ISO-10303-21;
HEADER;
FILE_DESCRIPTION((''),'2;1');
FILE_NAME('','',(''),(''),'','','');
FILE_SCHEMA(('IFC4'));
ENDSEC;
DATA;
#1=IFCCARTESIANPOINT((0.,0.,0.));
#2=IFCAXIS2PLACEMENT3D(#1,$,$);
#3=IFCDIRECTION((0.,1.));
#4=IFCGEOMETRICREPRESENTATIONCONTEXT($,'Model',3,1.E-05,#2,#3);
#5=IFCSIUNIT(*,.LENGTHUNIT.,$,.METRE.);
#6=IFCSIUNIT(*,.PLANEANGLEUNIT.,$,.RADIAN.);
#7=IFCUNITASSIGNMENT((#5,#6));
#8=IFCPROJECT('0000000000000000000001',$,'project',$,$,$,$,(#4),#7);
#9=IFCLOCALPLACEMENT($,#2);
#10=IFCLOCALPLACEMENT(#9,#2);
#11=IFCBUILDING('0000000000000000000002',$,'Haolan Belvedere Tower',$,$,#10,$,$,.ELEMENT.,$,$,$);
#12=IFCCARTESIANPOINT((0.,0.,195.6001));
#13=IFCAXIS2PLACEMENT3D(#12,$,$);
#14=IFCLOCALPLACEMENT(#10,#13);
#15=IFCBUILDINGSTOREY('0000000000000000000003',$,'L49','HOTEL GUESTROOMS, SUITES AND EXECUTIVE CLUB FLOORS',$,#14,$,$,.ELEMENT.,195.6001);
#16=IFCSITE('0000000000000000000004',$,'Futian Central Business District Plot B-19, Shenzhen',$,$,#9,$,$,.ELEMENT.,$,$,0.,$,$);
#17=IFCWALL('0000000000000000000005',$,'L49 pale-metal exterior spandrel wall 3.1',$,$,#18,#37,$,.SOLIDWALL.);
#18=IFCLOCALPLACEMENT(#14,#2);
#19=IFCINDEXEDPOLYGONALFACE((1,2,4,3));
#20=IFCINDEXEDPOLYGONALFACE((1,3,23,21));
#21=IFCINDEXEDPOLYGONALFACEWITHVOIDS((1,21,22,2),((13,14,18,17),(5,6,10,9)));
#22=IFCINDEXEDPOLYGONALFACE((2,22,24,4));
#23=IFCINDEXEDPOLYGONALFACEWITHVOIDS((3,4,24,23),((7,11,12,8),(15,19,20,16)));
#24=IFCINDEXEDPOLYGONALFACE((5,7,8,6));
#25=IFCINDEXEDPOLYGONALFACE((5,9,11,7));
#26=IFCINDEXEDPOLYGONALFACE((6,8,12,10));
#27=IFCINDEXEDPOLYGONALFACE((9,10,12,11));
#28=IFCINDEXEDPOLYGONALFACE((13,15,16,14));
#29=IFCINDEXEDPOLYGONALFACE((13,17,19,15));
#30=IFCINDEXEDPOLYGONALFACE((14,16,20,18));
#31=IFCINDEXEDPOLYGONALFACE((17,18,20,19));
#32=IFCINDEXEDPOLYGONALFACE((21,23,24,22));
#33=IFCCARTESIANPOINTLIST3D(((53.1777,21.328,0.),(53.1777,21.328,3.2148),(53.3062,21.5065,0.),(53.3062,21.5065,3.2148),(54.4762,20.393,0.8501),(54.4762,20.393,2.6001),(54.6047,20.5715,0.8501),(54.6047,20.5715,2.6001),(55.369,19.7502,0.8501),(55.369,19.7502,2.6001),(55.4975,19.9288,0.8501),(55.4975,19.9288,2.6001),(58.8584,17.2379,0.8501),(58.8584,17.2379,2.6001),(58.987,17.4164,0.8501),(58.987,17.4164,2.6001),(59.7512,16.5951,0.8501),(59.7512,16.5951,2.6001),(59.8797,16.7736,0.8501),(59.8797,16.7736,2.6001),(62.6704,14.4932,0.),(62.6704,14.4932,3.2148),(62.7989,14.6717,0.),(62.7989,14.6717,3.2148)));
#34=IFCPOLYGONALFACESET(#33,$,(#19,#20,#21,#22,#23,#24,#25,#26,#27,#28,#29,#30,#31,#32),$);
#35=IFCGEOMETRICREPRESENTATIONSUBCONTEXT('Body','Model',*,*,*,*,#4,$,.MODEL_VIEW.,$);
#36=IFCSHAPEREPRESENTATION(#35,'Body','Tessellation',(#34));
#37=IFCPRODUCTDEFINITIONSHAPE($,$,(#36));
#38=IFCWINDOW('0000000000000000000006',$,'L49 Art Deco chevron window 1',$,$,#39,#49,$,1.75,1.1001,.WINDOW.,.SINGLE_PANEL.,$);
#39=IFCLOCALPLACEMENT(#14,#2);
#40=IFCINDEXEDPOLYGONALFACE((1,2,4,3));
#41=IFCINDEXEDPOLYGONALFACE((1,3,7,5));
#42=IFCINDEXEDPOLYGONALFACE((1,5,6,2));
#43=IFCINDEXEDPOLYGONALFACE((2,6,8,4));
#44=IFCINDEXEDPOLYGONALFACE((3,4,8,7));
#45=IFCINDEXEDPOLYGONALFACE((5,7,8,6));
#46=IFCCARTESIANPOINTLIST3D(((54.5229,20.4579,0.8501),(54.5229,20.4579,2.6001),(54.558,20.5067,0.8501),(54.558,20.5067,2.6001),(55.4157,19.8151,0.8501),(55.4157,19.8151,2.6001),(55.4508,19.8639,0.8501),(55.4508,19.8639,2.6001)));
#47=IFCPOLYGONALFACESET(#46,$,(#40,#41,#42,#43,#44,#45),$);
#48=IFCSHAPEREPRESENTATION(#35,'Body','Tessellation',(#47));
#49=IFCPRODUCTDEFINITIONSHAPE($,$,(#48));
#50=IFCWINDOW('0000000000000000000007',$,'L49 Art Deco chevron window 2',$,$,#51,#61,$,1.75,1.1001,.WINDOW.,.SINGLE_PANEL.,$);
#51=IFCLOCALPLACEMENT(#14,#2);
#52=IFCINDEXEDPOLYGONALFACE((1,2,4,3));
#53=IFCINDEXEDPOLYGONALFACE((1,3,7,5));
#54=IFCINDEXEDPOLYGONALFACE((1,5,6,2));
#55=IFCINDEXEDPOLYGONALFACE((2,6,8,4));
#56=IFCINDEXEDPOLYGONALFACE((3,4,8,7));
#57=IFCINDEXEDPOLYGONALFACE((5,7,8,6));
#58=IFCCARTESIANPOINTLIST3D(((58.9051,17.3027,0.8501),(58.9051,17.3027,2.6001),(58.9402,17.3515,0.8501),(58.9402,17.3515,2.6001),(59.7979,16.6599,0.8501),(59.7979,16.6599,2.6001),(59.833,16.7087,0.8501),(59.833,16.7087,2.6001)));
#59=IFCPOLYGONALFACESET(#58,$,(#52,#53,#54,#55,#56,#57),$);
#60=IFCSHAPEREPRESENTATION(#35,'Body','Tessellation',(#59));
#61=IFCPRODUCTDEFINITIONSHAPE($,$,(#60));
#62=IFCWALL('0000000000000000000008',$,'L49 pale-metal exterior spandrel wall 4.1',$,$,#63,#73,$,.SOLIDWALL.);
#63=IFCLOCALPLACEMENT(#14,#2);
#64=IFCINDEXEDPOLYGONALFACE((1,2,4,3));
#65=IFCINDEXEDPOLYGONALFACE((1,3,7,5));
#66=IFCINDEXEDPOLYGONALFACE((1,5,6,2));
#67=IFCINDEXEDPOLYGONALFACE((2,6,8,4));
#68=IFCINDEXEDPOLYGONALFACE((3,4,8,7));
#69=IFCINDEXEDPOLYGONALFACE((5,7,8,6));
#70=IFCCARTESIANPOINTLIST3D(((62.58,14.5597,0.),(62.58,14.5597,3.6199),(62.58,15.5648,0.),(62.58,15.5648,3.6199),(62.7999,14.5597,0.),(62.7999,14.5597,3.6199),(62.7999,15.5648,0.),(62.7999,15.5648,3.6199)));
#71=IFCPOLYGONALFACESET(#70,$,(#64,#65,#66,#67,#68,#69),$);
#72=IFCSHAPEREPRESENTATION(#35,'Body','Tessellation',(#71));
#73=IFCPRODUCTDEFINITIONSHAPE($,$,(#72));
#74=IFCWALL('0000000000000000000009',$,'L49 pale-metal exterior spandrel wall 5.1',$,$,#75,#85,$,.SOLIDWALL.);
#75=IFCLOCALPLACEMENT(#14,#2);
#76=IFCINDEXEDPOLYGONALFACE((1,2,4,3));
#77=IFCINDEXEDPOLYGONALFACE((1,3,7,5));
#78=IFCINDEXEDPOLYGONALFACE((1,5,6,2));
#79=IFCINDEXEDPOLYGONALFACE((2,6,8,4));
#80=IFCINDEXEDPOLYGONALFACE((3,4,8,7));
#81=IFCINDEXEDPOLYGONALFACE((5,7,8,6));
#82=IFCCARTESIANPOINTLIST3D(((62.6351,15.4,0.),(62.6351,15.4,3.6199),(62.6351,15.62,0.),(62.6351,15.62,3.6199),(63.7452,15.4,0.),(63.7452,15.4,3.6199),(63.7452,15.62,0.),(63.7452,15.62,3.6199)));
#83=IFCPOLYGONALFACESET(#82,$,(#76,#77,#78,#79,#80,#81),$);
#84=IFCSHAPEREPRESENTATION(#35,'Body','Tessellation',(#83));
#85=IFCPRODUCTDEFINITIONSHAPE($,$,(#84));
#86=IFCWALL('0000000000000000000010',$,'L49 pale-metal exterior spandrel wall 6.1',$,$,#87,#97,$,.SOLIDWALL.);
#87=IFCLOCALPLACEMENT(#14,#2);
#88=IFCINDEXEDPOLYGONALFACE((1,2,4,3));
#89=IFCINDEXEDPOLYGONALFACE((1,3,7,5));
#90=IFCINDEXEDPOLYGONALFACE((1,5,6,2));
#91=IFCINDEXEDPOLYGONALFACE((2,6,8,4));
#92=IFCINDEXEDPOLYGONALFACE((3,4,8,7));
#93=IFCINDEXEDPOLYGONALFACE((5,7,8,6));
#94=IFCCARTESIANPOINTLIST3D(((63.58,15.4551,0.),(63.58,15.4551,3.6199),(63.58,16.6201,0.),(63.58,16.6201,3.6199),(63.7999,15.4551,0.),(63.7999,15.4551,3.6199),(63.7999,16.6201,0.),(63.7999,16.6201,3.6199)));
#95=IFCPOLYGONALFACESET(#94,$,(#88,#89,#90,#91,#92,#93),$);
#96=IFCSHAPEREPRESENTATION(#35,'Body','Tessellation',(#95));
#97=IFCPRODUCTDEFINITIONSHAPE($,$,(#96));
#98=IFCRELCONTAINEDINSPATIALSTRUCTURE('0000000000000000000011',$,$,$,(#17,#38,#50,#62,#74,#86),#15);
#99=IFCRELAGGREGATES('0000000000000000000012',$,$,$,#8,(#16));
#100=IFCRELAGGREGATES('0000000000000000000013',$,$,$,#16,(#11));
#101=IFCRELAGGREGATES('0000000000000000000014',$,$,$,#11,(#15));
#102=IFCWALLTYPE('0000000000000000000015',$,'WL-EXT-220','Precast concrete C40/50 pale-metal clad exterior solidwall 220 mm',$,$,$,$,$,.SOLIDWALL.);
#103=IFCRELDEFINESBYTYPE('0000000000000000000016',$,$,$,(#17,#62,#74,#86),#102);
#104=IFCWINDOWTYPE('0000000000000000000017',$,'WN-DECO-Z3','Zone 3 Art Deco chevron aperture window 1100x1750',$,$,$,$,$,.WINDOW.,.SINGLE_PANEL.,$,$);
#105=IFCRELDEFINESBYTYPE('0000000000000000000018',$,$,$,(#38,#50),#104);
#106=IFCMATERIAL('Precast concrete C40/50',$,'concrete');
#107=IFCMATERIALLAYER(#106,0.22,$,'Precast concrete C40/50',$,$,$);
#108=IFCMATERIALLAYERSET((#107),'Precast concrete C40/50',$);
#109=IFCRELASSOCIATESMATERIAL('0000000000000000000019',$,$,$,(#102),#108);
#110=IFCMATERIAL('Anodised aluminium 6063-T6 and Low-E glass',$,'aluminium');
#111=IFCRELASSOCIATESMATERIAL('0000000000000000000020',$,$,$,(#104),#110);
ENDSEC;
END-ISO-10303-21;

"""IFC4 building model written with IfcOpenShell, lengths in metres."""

from ifc_helpers import new_model, si_unit, direction, frame, frame_2d, origin, place, context, subcontext, project, spatial, rectangle, extrude, material, layer, layer_set, type_object, element, fill, save


model = new_model("IFC4")

# Units and contexts
model_context = context("Model", 3, precision=1e-05, world=origin(), true_north=direction((0.0, 1.0)))
body_context = subcontext(model_context, "Body", "Model", "MODEL_VIEW")
ifc_project = project(units=[si_unit("LENGTHUNIT", "METRE"), si_unit("PLANEANGLEUNIT", "RADIAN")], contexts=[model_context])

# Site, building, storey
site_placement = place(None, origin())
site = spatial("IfcSite", under=ifc_project, at=site_placement, Name="Futian Central Business District Plot B-19, Shenzhen", CompositionType="ELEMENT", RefElevation=0.0)
building_placement = place(site_placement, origin())
building = spatial("IfcBuilding", under=site, at=building_placement, Name="Haolan Belvedere Tower", CompositionType="ELEMENT")
storey_placement = place(building_placement, frame((0.0, 0.0, 195.6001)))
storey = spatial("IfcBuildingStorey", under=building, at=storey_placement, Name="L49", Description="HOTEL GUESTROOMS, SUITES AND EXECUTIVE CLUB FLOORS", CompositionType="ELEMENT", Elevation=195.6001)

# Wall, openings, windows
ifc_material_1 = material(Name="Precast concrete C40/50", Category="concrete")
ifc_layer_1 = layer(ifc_material_1, 0.22, Name="Precast concrete C40/50")
ifc_layer_set_1 = layer_set([ifc_layer_1], Name="Precast concrete C40/50")
wall_type_1 = type_object("IfcWallType", Name="WL-EXT-220", Description="Precast concrete C40/50 pale-metal clad exterior solidwall 220 mm", PredefinedType="SOLIDWALL", material=ifc_layer_set_1)
wall_1_placement = place(storey_placement, frame((53.2419, 21.4172, 0.0), z_axis=(0.0, 0.0, 1.0), x_axis=(0.811535, -0.584304, 0.0)))
wall_1 = element("IfcWall", 1, at=wall_1_placement, inside=storey, type_object=wall_type_1, Name="L49 pale-metal exterior spandrel wall 3.1", PredefinedType="SOLIDWALL", context=body_context, shape_type="SweptSolid", body=[
    extrude(rectangle(XDim=11.6973, YDim=0.22, at=frame_2d((5.8486, 0.0))), origin(), (0.0, 0.0, 1.0), 3.2148),
])
opening_1_placement = place(wall_1_placement, frame((1.6001, 0.0, 0.8501)))
opening_1 = element("IfcOpeningElement", 2, at=opening_1_placement, cuts=wall_1, PredefinedType="OPENING", context=body_context, shape_type="SweptSolid", body=[
    extrude(rectangle(XDim=1.1001, YDim=1.75, at=frame_2d((0.55, 0.875))), frame((0.0, 0.1199, 0.0), z_axis=(0.0, -1.0, 0.0), x_axis=(1.0, 0.0, 0.0)), (0.0, 0.0, 1.0), 0.24),
])
opening_2_placement = place(wall_1_placement, frame((7.0, 0.0, 0.8501)))
opening_2 = element("IfcOpeningElement", 3, at=opening_2_placement, cuts=wall_1, PredefinedType="OPENING", context=body_context, shape_type="SweptSolid", body=[
    extrude(rectangle(XDim=1.1001, YDim=1.75, at=frame_2d((0.55, 0.875))), frame((0.0, 0.1199, 0.0), z_axis=(0.0, -1.0, 0.0), x_axis=(1.0, 0.0, 0.0)), (0.0, 0.0, 1.0), 0.24),
])
ifc_material_2 = material(Name="Anodised aluminium 6063-T6 and Low-E glass", Category="aluminium")
window_type = type_object("IfcWindowType", Name="WN-DECO-Z3", Description="Zone 3 Art Deco chevron aperture window 1100x1750", PartitioningType="SINGLE_PANEL", PredefinedType="WINDOW", material=ifc_material_2)
window_1_placement = place(opening_1_placement, origin())
window_1 = element("IfcWindow", 4, at=window_1_placement, inside=storey, type_object=window_type, Name="L49 Art Deco chevron window 1", OverallHeight=1.75, OverallWidth=1.1001, PartitioningType="SINGLE_PANEL", PredefinedType="WINDOW", context=body_context, shape_type="SweptSolid", body=[
    extrude(rectangle(XDim=1.1001, YDim=1.75, at=frame_2d((0.55, 0.875))), frame((0.0, 0.03, 0.0), z_axis=(0.0, -1.0, 0.0), x_axis=(1.0, 0.0, 0.0)), (0.0, 0.0, 1.0), 0.0601),
])
fill(opening_1, window_1)
window_2_placement = place(opening_2_placement, origin())
window_2 = element("IfcWindow", 5, at=window_2_placement, inside=storey, type_object=window_type, Name="L49 Art Deco chevron window 2", OverallHeight=1.75, OverallWidth=1.1001, PartitioningType="SINGLE_PANEL", PredefinedType="WINDOW", context=body_context, shape_type="SweptSolid", body=[
    extrude(rectangle(XDim=1.1001, YDim=1.75, at=frame_2d((0.55, 0.875))), frame((0.0, 0.03, 0.0), z_axis=(0.0, -1.0, 0.0), x_axis=(1.0, 0.0, 0.0)), (0.0, 0.0, 1.0), 0.0601),
])
fill(opening_2, window_2)

# Walls
wall_2_placement = place(storey_placement, frame((62.6899, 14.5598, 0.0), z_axis=(0.0, 0.0, 1.0), x_axis=(0.0, 1.0, 0.0)))
element("IfcWall", 6, at=wall_2_placement, inside=storey, type_object=wall_type_1, Name="L49 pale-metal exterior spandrel wall 4.1", PredefinedType="SOLIDWALL", context=body_context, shape_type="SweptSolid", body=[
    extrude(rectangle(XDim=1.0051, YDim=0.22, at=frame_2d((0.5024, 0.0))), origin(), (0.0, 0.0, 1.0), 3.6199),
])
wall_3_placement = place(storey_placement, frame((62.635, 15.51, 0.0), z_axis=(0.0, 0.0, 1.0), x_axis=(1.0, 0.0, 0.0)))
element("IfcWall", 7, at=wall_3_placement, inside=storey, type_object=wall_type_1, Name="L49 pale-metal exterior spandrel wall 5.1", PredefinedType="SOLIDWALL", context=body_context, shape_type="SweptSolid", body=[
    extrude(rectangle(XDim=1.1101, YDim=0.22, at=frame_2d((0.5552, 0.0))), origin(), (0.0, 0.0, 1.0), 3.6199),
])
wall_4_placement = place(storey_placement, frame((63.6899, 15.4551, 0.0), z_axis=(0.0, 0.0, 1.0), x_axis=(0.0, 1.0, 0.0)))
element("IfcWall", 8, at=wall_4_placement, inside=storey, type_object=wall_type_1, Name="L49 pale-metal exterior spandrel wall 6.1", PredefinedType="SOLIDWALL", context=body_context, shape_type="SweptSolid", body=[
    extrude(rectangle(XDim=1.165, YDim=0.22, at=frame_2d((0.5825, 0.0))), origin(), (0.0, 0.0, 1.0), 3.6199),
])

save(model, "model.ifc")
